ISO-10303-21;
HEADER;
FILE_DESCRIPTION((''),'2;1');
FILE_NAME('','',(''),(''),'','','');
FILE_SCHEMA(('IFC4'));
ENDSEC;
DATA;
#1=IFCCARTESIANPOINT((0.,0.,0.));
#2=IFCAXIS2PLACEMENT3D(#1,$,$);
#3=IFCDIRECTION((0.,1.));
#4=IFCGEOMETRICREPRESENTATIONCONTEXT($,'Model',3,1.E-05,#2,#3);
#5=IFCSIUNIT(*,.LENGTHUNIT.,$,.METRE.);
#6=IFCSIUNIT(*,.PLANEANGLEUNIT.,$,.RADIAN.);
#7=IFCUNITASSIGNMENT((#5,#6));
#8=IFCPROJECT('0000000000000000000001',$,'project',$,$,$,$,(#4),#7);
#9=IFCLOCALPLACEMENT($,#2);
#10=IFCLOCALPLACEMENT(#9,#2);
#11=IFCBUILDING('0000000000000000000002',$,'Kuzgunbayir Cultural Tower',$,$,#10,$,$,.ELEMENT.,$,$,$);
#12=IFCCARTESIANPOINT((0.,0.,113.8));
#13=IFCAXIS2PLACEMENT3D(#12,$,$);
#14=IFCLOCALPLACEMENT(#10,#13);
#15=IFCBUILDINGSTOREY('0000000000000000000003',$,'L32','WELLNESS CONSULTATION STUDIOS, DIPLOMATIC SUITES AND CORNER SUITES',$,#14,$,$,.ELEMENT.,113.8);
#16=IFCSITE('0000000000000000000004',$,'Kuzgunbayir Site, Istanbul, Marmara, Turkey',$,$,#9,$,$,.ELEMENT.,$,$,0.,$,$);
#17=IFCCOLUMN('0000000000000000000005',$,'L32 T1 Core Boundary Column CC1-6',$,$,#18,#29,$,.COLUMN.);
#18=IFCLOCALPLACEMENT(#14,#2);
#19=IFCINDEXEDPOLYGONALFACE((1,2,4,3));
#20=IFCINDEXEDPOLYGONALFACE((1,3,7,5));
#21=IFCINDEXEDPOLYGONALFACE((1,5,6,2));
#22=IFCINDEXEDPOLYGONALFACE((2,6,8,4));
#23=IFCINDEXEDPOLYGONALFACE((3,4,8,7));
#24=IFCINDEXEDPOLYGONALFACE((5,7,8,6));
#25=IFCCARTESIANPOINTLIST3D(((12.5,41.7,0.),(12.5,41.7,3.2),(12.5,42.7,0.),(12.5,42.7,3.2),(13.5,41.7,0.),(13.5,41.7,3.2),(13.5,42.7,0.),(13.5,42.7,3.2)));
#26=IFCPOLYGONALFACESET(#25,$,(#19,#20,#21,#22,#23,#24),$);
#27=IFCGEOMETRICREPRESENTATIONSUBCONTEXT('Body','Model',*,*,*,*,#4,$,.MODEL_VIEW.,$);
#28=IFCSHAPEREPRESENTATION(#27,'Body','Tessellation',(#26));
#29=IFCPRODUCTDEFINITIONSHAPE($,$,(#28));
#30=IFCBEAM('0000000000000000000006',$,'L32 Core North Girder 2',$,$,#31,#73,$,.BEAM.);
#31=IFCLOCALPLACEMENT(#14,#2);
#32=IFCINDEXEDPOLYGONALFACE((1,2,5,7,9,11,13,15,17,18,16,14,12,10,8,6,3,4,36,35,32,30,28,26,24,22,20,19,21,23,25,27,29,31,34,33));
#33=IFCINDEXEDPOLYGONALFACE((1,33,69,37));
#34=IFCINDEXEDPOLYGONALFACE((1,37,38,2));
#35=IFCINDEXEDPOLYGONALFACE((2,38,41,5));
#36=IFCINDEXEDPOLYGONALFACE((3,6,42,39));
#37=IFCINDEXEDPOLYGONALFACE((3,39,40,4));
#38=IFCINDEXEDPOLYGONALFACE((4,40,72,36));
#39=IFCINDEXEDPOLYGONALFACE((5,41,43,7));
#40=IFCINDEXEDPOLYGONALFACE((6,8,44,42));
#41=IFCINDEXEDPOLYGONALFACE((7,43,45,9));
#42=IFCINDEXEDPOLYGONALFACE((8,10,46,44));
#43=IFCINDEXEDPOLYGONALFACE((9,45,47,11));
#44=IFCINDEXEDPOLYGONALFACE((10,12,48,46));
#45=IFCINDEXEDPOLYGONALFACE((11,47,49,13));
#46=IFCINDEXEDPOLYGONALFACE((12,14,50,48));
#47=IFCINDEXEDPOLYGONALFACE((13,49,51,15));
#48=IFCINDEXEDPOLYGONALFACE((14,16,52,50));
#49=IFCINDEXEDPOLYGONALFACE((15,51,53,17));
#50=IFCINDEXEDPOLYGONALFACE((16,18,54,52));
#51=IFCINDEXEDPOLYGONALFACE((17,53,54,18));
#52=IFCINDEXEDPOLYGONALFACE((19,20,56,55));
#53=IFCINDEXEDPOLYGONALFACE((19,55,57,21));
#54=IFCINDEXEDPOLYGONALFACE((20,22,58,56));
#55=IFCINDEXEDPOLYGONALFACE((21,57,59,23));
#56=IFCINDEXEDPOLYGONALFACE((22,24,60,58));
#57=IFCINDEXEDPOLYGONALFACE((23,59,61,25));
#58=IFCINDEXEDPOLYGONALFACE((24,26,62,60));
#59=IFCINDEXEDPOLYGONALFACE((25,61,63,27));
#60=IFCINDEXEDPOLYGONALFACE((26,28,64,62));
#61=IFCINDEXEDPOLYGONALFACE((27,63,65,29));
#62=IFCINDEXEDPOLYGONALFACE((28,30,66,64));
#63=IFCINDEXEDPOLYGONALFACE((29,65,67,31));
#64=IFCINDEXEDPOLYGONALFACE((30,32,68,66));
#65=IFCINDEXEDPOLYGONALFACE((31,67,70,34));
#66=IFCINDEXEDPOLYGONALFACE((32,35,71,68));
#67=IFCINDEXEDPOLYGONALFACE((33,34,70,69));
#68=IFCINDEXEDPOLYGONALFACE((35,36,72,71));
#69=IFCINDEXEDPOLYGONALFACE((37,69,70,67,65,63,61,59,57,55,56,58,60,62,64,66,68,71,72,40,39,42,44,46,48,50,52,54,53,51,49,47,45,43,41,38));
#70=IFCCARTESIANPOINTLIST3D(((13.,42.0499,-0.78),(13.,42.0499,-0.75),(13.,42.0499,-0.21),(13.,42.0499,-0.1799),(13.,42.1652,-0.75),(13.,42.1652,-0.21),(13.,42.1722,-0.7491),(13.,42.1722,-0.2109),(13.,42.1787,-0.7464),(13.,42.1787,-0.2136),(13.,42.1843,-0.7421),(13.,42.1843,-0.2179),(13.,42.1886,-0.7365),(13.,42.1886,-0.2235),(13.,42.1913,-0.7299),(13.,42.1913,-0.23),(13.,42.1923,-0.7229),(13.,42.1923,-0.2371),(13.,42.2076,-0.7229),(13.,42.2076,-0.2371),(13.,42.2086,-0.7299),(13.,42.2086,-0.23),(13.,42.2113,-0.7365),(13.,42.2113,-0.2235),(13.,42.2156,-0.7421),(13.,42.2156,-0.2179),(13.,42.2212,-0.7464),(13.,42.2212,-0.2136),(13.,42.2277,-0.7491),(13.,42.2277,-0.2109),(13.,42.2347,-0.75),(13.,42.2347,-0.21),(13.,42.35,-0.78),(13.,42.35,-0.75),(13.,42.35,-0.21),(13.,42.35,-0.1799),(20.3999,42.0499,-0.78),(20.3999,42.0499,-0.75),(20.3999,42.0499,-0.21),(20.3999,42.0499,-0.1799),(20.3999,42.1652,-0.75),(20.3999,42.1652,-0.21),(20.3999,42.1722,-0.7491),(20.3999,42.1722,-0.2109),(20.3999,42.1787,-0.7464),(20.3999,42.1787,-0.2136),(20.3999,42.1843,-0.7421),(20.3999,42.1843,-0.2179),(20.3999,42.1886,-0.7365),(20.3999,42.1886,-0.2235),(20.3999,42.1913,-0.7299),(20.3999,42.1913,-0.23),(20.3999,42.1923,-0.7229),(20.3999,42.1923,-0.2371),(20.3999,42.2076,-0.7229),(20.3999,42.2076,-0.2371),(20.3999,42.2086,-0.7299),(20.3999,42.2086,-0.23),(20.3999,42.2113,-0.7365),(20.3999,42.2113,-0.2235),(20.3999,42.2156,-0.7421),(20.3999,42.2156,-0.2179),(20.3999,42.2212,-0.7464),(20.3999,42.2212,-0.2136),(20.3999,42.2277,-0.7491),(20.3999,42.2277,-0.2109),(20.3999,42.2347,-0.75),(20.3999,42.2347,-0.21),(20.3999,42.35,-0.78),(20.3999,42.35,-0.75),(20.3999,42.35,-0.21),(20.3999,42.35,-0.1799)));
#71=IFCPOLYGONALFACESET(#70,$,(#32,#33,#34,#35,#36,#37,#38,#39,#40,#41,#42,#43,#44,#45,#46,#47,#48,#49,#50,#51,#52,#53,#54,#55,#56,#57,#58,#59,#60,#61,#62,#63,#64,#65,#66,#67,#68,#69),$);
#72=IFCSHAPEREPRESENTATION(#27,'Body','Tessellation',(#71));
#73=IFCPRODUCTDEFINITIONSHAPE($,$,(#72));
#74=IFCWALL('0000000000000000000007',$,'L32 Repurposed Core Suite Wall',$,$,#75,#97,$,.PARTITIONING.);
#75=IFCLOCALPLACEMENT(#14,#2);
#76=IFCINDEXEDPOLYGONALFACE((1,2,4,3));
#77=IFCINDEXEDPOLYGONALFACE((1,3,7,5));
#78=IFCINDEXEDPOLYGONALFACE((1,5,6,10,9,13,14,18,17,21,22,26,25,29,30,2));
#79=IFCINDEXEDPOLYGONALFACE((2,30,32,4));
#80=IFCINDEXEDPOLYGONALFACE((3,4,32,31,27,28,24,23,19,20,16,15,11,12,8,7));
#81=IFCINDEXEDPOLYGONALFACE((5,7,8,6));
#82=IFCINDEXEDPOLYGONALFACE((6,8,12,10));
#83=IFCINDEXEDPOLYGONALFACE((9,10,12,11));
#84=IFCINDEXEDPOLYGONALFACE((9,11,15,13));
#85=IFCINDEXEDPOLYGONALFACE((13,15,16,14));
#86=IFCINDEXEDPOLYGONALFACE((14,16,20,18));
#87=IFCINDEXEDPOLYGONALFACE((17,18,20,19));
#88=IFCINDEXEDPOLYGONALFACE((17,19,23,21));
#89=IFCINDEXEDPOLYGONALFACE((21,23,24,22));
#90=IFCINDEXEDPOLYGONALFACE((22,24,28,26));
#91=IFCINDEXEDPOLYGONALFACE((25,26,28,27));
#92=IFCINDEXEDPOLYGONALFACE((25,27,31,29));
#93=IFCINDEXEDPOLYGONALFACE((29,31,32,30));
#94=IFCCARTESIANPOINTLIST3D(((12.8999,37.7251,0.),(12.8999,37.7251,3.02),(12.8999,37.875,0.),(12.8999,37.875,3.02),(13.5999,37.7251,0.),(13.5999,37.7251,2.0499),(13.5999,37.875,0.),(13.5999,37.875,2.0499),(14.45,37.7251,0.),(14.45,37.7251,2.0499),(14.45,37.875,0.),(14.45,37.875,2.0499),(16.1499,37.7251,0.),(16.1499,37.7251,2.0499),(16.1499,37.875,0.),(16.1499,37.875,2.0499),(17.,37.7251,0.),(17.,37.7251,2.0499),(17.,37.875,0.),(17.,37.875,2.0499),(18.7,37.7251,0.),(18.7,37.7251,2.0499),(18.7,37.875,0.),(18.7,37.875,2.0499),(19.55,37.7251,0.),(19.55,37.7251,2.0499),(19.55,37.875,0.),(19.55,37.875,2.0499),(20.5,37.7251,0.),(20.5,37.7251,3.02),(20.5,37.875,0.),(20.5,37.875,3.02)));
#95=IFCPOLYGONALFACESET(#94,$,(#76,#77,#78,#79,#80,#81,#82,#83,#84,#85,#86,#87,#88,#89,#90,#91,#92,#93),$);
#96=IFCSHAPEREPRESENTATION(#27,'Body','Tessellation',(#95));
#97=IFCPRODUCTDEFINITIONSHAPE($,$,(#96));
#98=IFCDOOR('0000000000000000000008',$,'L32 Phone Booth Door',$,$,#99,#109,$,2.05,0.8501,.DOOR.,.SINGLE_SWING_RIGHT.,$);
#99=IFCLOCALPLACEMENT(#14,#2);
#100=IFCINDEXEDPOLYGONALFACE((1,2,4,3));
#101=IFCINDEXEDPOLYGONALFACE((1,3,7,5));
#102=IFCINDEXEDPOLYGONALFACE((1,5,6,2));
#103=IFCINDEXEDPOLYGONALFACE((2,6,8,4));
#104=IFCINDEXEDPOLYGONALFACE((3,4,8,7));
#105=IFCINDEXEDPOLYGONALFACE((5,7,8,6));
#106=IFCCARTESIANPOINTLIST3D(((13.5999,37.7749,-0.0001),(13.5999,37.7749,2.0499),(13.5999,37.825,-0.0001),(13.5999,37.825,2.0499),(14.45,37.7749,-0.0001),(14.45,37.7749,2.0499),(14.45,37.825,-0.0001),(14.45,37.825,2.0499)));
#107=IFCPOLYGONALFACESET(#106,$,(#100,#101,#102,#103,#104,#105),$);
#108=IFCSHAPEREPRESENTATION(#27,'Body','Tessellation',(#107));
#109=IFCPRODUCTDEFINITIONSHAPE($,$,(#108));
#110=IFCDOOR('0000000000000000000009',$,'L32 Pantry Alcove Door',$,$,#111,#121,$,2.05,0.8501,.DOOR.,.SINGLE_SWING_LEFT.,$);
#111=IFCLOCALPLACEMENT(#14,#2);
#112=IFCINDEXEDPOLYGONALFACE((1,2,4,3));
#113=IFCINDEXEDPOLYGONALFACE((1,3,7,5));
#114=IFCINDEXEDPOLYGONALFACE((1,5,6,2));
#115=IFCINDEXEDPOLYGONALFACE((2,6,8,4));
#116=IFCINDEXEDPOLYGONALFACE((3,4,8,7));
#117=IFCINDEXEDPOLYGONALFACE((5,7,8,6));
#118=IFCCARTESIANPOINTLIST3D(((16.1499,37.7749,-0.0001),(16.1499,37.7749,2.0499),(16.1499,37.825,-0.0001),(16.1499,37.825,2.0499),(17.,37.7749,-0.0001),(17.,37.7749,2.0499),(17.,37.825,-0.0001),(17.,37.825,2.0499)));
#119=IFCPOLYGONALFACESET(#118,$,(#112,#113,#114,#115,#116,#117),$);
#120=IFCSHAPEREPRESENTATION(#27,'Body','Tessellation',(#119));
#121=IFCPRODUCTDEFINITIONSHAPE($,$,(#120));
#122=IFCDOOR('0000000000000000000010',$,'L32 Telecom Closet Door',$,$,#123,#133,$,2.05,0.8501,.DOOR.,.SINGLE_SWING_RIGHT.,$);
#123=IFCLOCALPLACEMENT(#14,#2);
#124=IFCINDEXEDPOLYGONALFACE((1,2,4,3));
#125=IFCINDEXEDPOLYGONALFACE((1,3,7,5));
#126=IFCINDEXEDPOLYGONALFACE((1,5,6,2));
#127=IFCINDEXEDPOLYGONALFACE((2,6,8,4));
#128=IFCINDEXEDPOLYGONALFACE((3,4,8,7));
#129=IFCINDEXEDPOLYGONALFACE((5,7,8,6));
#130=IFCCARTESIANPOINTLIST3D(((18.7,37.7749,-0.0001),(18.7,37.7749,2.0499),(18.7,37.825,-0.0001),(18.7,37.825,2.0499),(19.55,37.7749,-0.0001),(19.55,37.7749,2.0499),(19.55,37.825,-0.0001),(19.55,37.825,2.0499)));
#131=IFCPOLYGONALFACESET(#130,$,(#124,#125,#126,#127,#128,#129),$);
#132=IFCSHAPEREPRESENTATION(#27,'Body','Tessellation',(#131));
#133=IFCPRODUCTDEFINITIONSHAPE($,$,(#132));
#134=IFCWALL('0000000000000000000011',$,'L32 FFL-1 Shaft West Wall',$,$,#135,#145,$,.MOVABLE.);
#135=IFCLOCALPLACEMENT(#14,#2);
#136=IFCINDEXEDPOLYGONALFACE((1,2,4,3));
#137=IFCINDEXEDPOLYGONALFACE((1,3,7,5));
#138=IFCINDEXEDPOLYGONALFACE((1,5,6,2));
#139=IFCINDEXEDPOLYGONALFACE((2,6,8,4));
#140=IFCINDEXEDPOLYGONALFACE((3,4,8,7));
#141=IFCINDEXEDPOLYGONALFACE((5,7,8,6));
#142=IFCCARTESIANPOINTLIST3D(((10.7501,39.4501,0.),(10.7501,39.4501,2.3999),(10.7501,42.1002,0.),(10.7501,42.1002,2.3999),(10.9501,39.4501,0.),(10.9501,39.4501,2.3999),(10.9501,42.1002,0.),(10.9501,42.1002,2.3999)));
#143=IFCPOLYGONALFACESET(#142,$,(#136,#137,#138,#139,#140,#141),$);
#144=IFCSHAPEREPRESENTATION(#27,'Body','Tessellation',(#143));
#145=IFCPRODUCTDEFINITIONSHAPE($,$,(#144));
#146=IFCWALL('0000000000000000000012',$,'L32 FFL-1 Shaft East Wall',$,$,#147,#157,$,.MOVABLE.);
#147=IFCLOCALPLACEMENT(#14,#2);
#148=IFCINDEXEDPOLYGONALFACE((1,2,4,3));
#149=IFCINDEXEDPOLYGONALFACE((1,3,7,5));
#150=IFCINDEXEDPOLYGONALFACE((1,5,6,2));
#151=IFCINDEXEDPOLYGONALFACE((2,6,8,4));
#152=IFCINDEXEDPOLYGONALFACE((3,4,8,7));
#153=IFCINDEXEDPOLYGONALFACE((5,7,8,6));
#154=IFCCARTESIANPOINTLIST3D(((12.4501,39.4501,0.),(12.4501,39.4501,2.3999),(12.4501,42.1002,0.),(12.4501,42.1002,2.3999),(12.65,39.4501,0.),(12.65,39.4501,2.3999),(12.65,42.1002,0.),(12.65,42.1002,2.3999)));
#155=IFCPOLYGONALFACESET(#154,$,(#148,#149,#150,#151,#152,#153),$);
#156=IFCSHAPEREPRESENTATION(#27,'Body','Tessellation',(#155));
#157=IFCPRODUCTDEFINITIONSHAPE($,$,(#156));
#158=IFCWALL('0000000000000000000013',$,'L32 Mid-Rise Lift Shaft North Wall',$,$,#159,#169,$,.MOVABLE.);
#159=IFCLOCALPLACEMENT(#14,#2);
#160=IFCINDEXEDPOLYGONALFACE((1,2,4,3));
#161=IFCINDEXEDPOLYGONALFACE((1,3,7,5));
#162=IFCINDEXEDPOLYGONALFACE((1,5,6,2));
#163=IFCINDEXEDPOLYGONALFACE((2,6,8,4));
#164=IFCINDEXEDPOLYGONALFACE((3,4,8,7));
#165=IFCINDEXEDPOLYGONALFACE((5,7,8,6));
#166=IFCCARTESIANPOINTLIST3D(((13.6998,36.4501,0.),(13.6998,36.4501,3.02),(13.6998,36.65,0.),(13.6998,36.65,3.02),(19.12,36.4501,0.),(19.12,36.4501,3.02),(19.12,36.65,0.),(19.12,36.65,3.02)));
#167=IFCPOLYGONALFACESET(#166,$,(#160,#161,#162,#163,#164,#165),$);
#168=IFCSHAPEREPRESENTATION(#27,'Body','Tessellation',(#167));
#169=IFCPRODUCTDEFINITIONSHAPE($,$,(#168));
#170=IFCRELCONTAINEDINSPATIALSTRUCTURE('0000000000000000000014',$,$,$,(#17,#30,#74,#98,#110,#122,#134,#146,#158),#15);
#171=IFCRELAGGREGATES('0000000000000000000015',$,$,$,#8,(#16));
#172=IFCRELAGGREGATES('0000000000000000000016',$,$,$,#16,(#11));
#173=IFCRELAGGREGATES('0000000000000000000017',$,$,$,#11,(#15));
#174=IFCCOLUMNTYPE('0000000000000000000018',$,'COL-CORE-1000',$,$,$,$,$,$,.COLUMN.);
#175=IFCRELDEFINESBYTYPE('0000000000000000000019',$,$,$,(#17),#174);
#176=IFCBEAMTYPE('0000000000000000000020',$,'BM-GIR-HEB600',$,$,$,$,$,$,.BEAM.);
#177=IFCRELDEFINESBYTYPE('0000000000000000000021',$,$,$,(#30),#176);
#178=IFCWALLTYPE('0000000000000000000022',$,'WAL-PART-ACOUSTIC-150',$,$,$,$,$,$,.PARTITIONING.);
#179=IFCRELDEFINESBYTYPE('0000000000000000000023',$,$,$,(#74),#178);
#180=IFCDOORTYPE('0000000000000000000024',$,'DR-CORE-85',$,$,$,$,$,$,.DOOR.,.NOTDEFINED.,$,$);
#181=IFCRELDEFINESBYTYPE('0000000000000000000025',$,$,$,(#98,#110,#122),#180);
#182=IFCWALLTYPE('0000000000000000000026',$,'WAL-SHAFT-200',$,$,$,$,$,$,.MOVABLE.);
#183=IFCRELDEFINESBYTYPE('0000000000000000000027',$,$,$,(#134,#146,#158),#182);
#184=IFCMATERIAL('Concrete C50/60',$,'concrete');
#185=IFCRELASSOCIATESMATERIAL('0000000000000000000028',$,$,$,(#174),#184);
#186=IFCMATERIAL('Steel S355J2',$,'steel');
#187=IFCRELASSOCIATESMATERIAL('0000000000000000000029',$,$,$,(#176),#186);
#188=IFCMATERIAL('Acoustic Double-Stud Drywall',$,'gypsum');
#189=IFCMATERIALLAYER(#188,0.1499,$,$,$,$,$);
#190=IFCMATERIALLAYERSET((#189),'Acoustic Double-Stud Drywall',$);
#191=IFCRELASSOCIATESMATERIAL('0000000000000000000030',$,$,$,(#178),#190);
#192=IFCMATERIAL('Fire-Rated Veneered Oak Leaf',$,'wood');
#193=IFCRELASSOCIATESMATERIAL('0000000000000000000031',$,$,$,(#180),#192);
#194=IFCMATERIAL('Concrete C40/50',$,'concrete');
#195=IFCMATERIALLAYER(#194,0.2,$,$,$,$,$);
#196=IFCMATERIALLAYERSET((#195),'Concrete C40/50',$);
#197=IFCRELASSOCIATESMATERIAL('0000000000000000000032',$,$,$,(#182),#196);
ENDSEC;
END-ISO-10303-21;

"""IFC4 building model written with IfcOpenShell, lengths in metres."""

from ifc_helpers import new_model, si_unit, direction, frame, frame_2d, origin, origin_2d, place, context, subcontext, project, spatial, rectangle, i_section, extrude, material, layer, layer_set, material_profile, profile_set, type_object, element, fill, save


model = new_model("IFC4")

# Units and contexts
model_context = context("Model", 3, precision=1e-05, world=origin(), true_north=direction((0.0, 1.0)))
body_context = subcontext(model_context, "Body", "Model", "MODEL_VIEW")
ifc_project = project(units=[si_unit("LENGTHUNIT", "METRE"), si_unit("PLANEANGLEUNIT", "RADIAN")], contexts=[model_context])

# Site, building, storey
site_placement = place(None, origin())
site = spatial("IfcSite", under=ifc_project, at=site_placement, Name="Kuzgunbayir Site, Istanbul, Marmara, Turkey", CompositionType="ELEMENT", RefElevation=0.0)
building_placement = place(site_placement, origin())
building = spatial("IfcBuilding", under=site, at=building_placement, Name="Kuzgunbayir Cultural Tower", CompositionType="ELEMENT")
storey_placement = place(building_placement, frame((0.0, 0.0, 113.8)))
storey = spatial("IfcBuildingStorey", under=building, at=storey_placement, Name="L32", Description="WELLNESS CONSULTATION STUDIOS, DIPLOMATIC SUITES AND CORNER SUITES", CompositionType="ELEMENT", Elevation=113.8)

# Column
ifc_material_1 = material(Name="Concrete C50/60", Category="concrete")
ifc_material_profile_1 = material_profile(ifc_material_1, rectangle(XDim=1.0, YDim=1.0, at=origin_2d()), Name="RC 1000x1000")
ifc_profile_set_1 = profile_set([ifc_material_profile_1], Name="Concrete C50/60")
column_type = type_object("IfcColumnType", Name="COL-CORE-1000", PredefinedType="COLUMN", material=ifc_profile_set_1)
column_placement = place(storey_placement, frame((13.0, 42.2, 0.0), z_axis=(0.0, 0.0, 1.0), x_axis=(1.0, 0.0, 0.0)))
element("IfcColumn", 1, at=column_placement, inside=storey, type_object=column_type, Name="L32 T1 Core Boundary Column CC1-6", PredefinedType="COLUMN", context=body_context, shape_type="SweptSolid", body=[
    extrude(rectangle(XDim=1.0, YDim=1.0, at=origin_2d()), origin(), (0.0, 0.0, 1.0), 3.2),
])

# Beam
ifc_material_2 = material(Name="Steel S355J2", Category="steel")
ifc_material_profile_2 = material_profile(ifc_material_2, i_section(OverallWidth=0.3, OverallDepth=0.6001, WebThickness=0.0154, FlangeThickness=0.03, FilletRadius=0.0271, at=origin_2d()), Name="HEB 600")
ifc_profile_set_2 = profile_set([ifc_material_profile_2], Name="Steel S355J2")
beam_type = type_object("IfcBeamType", Name="BM-GIR-HEB600", PredefinedType="BEAM", material=ifc_profile_set_2)
beam_placement = place(storey_placement, frame((13.0, 42.2, -0.48), z_axis=(1.0, 0.0, 0.0), x_axis=(0.0, 1.0, 0.0)))
element("IfcBeam", 2, at=beam_placement, inside=storey, type_object=beam_type, Name="L32 Core North Girder 2", PredefinedType="BEAM", context=body_context, shape_type="SweptSolid", body=[
    extrude(i_section(OverallWidth=0.3, OverallDepth=0.6001, WebThickness=0.0154, FlangeThickness=0.03, FilletRadius=0.0271, at=origin_2d()), origin(), (0.0, 0.0, 1.0), 7.3999),
])

# Wall, openings, doors
ifc_material_3 = material(Name="Acoustic Double-Stud Drywall", Category="gypsum")
ifc_layer_1 = layer(ifc_material_3, 0.1499)
ifc_layer_set_1 = layer_set([ifc_layer_1], Name="Acoustic Double-Stud Drywall")
wall_type_1 = type_object("IfcWallType", Name="WAL-PART-ACOUSTIC-150", PredefinedType="PARTITIONING", material=ifc_layer_set_1)
wall_1_placement = place(storey_placement, frame((12.8999, 37.8, 0.0), z_axis=(0.0, 0.0, 1.0), x_axis=(1.0, 0.0, 0.0)))
wall_1 = element("IfcWall", 3, at=wall_1_placement, inside=storey, type_object=wall_type_1, Name="L32 Repurposed Core Suite Wall", PredefinedType="PARTITIONING", context=body_context, shape_type="SweptSolid", body=[
    extrude(rectangle(XDim=7.6001, YDim=0.1499, at=frame_2d((3.8, 0.0))), origin(), (0.0, 0.0, 1.0), 3.02),
])
opening_1_placement = place(wall_1_placement, frame((0.7, 0.0, 0.0)))
opening_1 = element("IfcOpeningElement", 4, at=opening_1_placement, cuts=wall_1, PredefinedType="OPENING", context=body_context, shape_type="SweptSolid", body=[
    extrude(rectangle(XDim=0.8501, YDim=2.05, at=frame_2d((0.425, 1.0249))), frame((0.0, 0.085, 0.0), z_axis=(0.0, -1.0, 0.0), x_axis=(1.0, 0.0, 0.0)), (0.0, 0.0, 1.0), 0.1699),
])
opening_2_placement = place(wall_1_placement, frame((3.25, 0.0, 0.0)))
opening_2 = element("IfcOpeningElement", 5, at=opening_2_placement, cuts=wall_1, PredefinedType="OPENING", context=body_context, shape_type="SweptSolid", body=[
    extrude(rectangle(XDim=0.8501, YDim=2.05, at=frame_2d((0.425, 1.0249))), frame((0.0, 0.085, 0.0), z_axis=(0.0, -1.0, 0.0), x_axis=(1.0, 0.0, 0.0)), (0.0, 0.0, 1.0), 0.1699),
])
opening_3_placement = place(wall_1_placement, frame((5.8, 0.0, 0.0)))
opening_3 = element("IfcOpeningElement", 6, at=opening_3_placement, cuts=wall_1, PredefinedType="OPENING", context=body_context, shape_type="SweptSolid", body=[
    extrude(rectangle(XDim=0.8501, YDim=2.05, at=frame_2d((0.425, 1.0249))), frame((0.0, 0.085, 0.0), z_axis=(0.0, -1.0, 0.0), x_axis=(1.0, 0.0, 0.0)), (0.0, 0.0, 1.0), 0.1699),
])
ifc_material_4 = material(Name="Fire-Rated Veneered Oak Leaf", Category="wood")
door_type_1 = type_object("IfcDoorType", Name="DR-CORE-85", OperationType="NOTDEFINED", PredefinedType="DOOR", material=ifc_material_4)
door_1_placement = place(opening_1_placement, origin())
door_1 = element("IfcDoor", 7, at=door_1_placement, inside=storey, type_object=door_type_1, Name="L32 Phone Booth Door", OperationType="SINGLE_SWING_RIGHT", OverallHeight=2.05, OverallWidth=0.8501, PredefinedType="DOOR", context=body_context, shape_type="SweptSolid", body=[
    extrude(rectangle(XDim=0.8501, YDim=2.05, at=frame_2d((0.425, 1.0249))), frame((0.0, 0.0249, 0.0), z_axis=(0.0, -1.0, 0.0), x_axis=(1.0, 0.0, 0.0)), (0.0, 0.0, 1.0), 0.05),
])
fill(opening_1, door_1)
door_2_placement = place(opening_2_placement, origin())
door_2 = element("IfcDoor", 8, at=door_2_placement, inside=storey, type_object=door_type_1, Name="L32 Pantry Alcove Door", OperationType="SINGLE_SWING_LEFT", OverallHeight=2.05, OverallWidth=0.8501, PredefinedType="DOOR", context=body_context, shape_type="SweptSolid", body=[
    extrude(rectangle(XDim=0.8501, YDim=2.05, at=frame_2d((0.425, 1.0249))), frame((0.0, 0.0249, 0.0), z_axis=(0.0, -1.0, 0.0), x_axis=(1.0, 0.0, 0.0)), (0.0, 0.0, 1.0), 0.05),
])
fill(opening_2, door_2)
door_3_placement = place(opening_3_placement, origin())
door_3 = element("IfcDoor", 9, at=door_3_placement, inside=storey, type_object=door_type_1, Name="L32 Telecom Closet Door", OperationType="SINGLE_SWING_RIGHT", OverallHeight=2.05, OverallWidth=0.8501, PredefinedType="DOOR", context=body_context, shape_type="SweptSolid", body=[
    extrude(rectangle(XDim=0.8501, YDim=2.05, at=frame_2d((0.425, 1.0249))), frame((0.0, 0.0249, 0.0), z_axis=(0.0, -1.0, 0.0), x_axis=(1.0, 0.0, 0.0)), (0.0, 0.0, 1.0), 0.05),
])
fill(opening_3, door_3)

# Shared definitions
ifc_material_5 = material(Name="Concrete C40/50", Category="concrete")
ifc_layer_2 = layer(ifc_material_5, 0.2)
ifc_layer_set_2 = layer_set([ifc_layer_2], Name="Concrete C40/50")
wall_type_2 = type_object("IfcWallType", Name="WAL-SHAFT-200", PredefinedType="MOVABLE", material=ifc_layer_set_2)

# Walls
for number, where, z_axis, x_axis, name in (
    (10, (10.8501, 39.45, 0.0), (0.0, 0.0, 1.0), (0.0, 1.0, 0.0), "L32 FFL-1 Shaft West Wall"),
    (11, (12.55, 39.45, 0.0), (0.0, 0.0, 1.0), (0.0, 1.0, 0.0), "L32 FFL-1 Shaft East Wall"),
):
    element("IfcWall", number, at=place(storey_placement, frame(where, z_axis=z_axis, x_axis=x_axis)), inside=storey, type_object=wall_type_2, Name=name, PredefinedType="MOVABLE", context=body_context, shape_type="SweptSolid", body=[
        extrude(rectangle(XDim=2.6501, YDim=0.2, at=frame_2d((1.3252, 0.0))), origin(), (0.0, 0.0, 1.0), 2.3999),
    ])

# Wall
wall_2_placement = place(storey_placement, frame((13.7, 36.55, 0.0), z_axis=(0.0, 0.0, 1.0), x_axis=(1.0, 0.0, 0.0)))
element("IfcWall", 12, at=wall_2_placement, inside=storey, type_object=wall_type_2, Name="L32 Mid-Rise Lift Shaft North Wall", PredefinedType="MOVABLE", context=body_context, shape_type="SweptSolid", body=[
    extrude(rectangle(XDim=5.4202, YDim=0.2, at=frame_2d((2.71, 0.0))), origin(), (0.0, 0.0, 1.0), 3.02),
])

save(model, "model.ifc")
